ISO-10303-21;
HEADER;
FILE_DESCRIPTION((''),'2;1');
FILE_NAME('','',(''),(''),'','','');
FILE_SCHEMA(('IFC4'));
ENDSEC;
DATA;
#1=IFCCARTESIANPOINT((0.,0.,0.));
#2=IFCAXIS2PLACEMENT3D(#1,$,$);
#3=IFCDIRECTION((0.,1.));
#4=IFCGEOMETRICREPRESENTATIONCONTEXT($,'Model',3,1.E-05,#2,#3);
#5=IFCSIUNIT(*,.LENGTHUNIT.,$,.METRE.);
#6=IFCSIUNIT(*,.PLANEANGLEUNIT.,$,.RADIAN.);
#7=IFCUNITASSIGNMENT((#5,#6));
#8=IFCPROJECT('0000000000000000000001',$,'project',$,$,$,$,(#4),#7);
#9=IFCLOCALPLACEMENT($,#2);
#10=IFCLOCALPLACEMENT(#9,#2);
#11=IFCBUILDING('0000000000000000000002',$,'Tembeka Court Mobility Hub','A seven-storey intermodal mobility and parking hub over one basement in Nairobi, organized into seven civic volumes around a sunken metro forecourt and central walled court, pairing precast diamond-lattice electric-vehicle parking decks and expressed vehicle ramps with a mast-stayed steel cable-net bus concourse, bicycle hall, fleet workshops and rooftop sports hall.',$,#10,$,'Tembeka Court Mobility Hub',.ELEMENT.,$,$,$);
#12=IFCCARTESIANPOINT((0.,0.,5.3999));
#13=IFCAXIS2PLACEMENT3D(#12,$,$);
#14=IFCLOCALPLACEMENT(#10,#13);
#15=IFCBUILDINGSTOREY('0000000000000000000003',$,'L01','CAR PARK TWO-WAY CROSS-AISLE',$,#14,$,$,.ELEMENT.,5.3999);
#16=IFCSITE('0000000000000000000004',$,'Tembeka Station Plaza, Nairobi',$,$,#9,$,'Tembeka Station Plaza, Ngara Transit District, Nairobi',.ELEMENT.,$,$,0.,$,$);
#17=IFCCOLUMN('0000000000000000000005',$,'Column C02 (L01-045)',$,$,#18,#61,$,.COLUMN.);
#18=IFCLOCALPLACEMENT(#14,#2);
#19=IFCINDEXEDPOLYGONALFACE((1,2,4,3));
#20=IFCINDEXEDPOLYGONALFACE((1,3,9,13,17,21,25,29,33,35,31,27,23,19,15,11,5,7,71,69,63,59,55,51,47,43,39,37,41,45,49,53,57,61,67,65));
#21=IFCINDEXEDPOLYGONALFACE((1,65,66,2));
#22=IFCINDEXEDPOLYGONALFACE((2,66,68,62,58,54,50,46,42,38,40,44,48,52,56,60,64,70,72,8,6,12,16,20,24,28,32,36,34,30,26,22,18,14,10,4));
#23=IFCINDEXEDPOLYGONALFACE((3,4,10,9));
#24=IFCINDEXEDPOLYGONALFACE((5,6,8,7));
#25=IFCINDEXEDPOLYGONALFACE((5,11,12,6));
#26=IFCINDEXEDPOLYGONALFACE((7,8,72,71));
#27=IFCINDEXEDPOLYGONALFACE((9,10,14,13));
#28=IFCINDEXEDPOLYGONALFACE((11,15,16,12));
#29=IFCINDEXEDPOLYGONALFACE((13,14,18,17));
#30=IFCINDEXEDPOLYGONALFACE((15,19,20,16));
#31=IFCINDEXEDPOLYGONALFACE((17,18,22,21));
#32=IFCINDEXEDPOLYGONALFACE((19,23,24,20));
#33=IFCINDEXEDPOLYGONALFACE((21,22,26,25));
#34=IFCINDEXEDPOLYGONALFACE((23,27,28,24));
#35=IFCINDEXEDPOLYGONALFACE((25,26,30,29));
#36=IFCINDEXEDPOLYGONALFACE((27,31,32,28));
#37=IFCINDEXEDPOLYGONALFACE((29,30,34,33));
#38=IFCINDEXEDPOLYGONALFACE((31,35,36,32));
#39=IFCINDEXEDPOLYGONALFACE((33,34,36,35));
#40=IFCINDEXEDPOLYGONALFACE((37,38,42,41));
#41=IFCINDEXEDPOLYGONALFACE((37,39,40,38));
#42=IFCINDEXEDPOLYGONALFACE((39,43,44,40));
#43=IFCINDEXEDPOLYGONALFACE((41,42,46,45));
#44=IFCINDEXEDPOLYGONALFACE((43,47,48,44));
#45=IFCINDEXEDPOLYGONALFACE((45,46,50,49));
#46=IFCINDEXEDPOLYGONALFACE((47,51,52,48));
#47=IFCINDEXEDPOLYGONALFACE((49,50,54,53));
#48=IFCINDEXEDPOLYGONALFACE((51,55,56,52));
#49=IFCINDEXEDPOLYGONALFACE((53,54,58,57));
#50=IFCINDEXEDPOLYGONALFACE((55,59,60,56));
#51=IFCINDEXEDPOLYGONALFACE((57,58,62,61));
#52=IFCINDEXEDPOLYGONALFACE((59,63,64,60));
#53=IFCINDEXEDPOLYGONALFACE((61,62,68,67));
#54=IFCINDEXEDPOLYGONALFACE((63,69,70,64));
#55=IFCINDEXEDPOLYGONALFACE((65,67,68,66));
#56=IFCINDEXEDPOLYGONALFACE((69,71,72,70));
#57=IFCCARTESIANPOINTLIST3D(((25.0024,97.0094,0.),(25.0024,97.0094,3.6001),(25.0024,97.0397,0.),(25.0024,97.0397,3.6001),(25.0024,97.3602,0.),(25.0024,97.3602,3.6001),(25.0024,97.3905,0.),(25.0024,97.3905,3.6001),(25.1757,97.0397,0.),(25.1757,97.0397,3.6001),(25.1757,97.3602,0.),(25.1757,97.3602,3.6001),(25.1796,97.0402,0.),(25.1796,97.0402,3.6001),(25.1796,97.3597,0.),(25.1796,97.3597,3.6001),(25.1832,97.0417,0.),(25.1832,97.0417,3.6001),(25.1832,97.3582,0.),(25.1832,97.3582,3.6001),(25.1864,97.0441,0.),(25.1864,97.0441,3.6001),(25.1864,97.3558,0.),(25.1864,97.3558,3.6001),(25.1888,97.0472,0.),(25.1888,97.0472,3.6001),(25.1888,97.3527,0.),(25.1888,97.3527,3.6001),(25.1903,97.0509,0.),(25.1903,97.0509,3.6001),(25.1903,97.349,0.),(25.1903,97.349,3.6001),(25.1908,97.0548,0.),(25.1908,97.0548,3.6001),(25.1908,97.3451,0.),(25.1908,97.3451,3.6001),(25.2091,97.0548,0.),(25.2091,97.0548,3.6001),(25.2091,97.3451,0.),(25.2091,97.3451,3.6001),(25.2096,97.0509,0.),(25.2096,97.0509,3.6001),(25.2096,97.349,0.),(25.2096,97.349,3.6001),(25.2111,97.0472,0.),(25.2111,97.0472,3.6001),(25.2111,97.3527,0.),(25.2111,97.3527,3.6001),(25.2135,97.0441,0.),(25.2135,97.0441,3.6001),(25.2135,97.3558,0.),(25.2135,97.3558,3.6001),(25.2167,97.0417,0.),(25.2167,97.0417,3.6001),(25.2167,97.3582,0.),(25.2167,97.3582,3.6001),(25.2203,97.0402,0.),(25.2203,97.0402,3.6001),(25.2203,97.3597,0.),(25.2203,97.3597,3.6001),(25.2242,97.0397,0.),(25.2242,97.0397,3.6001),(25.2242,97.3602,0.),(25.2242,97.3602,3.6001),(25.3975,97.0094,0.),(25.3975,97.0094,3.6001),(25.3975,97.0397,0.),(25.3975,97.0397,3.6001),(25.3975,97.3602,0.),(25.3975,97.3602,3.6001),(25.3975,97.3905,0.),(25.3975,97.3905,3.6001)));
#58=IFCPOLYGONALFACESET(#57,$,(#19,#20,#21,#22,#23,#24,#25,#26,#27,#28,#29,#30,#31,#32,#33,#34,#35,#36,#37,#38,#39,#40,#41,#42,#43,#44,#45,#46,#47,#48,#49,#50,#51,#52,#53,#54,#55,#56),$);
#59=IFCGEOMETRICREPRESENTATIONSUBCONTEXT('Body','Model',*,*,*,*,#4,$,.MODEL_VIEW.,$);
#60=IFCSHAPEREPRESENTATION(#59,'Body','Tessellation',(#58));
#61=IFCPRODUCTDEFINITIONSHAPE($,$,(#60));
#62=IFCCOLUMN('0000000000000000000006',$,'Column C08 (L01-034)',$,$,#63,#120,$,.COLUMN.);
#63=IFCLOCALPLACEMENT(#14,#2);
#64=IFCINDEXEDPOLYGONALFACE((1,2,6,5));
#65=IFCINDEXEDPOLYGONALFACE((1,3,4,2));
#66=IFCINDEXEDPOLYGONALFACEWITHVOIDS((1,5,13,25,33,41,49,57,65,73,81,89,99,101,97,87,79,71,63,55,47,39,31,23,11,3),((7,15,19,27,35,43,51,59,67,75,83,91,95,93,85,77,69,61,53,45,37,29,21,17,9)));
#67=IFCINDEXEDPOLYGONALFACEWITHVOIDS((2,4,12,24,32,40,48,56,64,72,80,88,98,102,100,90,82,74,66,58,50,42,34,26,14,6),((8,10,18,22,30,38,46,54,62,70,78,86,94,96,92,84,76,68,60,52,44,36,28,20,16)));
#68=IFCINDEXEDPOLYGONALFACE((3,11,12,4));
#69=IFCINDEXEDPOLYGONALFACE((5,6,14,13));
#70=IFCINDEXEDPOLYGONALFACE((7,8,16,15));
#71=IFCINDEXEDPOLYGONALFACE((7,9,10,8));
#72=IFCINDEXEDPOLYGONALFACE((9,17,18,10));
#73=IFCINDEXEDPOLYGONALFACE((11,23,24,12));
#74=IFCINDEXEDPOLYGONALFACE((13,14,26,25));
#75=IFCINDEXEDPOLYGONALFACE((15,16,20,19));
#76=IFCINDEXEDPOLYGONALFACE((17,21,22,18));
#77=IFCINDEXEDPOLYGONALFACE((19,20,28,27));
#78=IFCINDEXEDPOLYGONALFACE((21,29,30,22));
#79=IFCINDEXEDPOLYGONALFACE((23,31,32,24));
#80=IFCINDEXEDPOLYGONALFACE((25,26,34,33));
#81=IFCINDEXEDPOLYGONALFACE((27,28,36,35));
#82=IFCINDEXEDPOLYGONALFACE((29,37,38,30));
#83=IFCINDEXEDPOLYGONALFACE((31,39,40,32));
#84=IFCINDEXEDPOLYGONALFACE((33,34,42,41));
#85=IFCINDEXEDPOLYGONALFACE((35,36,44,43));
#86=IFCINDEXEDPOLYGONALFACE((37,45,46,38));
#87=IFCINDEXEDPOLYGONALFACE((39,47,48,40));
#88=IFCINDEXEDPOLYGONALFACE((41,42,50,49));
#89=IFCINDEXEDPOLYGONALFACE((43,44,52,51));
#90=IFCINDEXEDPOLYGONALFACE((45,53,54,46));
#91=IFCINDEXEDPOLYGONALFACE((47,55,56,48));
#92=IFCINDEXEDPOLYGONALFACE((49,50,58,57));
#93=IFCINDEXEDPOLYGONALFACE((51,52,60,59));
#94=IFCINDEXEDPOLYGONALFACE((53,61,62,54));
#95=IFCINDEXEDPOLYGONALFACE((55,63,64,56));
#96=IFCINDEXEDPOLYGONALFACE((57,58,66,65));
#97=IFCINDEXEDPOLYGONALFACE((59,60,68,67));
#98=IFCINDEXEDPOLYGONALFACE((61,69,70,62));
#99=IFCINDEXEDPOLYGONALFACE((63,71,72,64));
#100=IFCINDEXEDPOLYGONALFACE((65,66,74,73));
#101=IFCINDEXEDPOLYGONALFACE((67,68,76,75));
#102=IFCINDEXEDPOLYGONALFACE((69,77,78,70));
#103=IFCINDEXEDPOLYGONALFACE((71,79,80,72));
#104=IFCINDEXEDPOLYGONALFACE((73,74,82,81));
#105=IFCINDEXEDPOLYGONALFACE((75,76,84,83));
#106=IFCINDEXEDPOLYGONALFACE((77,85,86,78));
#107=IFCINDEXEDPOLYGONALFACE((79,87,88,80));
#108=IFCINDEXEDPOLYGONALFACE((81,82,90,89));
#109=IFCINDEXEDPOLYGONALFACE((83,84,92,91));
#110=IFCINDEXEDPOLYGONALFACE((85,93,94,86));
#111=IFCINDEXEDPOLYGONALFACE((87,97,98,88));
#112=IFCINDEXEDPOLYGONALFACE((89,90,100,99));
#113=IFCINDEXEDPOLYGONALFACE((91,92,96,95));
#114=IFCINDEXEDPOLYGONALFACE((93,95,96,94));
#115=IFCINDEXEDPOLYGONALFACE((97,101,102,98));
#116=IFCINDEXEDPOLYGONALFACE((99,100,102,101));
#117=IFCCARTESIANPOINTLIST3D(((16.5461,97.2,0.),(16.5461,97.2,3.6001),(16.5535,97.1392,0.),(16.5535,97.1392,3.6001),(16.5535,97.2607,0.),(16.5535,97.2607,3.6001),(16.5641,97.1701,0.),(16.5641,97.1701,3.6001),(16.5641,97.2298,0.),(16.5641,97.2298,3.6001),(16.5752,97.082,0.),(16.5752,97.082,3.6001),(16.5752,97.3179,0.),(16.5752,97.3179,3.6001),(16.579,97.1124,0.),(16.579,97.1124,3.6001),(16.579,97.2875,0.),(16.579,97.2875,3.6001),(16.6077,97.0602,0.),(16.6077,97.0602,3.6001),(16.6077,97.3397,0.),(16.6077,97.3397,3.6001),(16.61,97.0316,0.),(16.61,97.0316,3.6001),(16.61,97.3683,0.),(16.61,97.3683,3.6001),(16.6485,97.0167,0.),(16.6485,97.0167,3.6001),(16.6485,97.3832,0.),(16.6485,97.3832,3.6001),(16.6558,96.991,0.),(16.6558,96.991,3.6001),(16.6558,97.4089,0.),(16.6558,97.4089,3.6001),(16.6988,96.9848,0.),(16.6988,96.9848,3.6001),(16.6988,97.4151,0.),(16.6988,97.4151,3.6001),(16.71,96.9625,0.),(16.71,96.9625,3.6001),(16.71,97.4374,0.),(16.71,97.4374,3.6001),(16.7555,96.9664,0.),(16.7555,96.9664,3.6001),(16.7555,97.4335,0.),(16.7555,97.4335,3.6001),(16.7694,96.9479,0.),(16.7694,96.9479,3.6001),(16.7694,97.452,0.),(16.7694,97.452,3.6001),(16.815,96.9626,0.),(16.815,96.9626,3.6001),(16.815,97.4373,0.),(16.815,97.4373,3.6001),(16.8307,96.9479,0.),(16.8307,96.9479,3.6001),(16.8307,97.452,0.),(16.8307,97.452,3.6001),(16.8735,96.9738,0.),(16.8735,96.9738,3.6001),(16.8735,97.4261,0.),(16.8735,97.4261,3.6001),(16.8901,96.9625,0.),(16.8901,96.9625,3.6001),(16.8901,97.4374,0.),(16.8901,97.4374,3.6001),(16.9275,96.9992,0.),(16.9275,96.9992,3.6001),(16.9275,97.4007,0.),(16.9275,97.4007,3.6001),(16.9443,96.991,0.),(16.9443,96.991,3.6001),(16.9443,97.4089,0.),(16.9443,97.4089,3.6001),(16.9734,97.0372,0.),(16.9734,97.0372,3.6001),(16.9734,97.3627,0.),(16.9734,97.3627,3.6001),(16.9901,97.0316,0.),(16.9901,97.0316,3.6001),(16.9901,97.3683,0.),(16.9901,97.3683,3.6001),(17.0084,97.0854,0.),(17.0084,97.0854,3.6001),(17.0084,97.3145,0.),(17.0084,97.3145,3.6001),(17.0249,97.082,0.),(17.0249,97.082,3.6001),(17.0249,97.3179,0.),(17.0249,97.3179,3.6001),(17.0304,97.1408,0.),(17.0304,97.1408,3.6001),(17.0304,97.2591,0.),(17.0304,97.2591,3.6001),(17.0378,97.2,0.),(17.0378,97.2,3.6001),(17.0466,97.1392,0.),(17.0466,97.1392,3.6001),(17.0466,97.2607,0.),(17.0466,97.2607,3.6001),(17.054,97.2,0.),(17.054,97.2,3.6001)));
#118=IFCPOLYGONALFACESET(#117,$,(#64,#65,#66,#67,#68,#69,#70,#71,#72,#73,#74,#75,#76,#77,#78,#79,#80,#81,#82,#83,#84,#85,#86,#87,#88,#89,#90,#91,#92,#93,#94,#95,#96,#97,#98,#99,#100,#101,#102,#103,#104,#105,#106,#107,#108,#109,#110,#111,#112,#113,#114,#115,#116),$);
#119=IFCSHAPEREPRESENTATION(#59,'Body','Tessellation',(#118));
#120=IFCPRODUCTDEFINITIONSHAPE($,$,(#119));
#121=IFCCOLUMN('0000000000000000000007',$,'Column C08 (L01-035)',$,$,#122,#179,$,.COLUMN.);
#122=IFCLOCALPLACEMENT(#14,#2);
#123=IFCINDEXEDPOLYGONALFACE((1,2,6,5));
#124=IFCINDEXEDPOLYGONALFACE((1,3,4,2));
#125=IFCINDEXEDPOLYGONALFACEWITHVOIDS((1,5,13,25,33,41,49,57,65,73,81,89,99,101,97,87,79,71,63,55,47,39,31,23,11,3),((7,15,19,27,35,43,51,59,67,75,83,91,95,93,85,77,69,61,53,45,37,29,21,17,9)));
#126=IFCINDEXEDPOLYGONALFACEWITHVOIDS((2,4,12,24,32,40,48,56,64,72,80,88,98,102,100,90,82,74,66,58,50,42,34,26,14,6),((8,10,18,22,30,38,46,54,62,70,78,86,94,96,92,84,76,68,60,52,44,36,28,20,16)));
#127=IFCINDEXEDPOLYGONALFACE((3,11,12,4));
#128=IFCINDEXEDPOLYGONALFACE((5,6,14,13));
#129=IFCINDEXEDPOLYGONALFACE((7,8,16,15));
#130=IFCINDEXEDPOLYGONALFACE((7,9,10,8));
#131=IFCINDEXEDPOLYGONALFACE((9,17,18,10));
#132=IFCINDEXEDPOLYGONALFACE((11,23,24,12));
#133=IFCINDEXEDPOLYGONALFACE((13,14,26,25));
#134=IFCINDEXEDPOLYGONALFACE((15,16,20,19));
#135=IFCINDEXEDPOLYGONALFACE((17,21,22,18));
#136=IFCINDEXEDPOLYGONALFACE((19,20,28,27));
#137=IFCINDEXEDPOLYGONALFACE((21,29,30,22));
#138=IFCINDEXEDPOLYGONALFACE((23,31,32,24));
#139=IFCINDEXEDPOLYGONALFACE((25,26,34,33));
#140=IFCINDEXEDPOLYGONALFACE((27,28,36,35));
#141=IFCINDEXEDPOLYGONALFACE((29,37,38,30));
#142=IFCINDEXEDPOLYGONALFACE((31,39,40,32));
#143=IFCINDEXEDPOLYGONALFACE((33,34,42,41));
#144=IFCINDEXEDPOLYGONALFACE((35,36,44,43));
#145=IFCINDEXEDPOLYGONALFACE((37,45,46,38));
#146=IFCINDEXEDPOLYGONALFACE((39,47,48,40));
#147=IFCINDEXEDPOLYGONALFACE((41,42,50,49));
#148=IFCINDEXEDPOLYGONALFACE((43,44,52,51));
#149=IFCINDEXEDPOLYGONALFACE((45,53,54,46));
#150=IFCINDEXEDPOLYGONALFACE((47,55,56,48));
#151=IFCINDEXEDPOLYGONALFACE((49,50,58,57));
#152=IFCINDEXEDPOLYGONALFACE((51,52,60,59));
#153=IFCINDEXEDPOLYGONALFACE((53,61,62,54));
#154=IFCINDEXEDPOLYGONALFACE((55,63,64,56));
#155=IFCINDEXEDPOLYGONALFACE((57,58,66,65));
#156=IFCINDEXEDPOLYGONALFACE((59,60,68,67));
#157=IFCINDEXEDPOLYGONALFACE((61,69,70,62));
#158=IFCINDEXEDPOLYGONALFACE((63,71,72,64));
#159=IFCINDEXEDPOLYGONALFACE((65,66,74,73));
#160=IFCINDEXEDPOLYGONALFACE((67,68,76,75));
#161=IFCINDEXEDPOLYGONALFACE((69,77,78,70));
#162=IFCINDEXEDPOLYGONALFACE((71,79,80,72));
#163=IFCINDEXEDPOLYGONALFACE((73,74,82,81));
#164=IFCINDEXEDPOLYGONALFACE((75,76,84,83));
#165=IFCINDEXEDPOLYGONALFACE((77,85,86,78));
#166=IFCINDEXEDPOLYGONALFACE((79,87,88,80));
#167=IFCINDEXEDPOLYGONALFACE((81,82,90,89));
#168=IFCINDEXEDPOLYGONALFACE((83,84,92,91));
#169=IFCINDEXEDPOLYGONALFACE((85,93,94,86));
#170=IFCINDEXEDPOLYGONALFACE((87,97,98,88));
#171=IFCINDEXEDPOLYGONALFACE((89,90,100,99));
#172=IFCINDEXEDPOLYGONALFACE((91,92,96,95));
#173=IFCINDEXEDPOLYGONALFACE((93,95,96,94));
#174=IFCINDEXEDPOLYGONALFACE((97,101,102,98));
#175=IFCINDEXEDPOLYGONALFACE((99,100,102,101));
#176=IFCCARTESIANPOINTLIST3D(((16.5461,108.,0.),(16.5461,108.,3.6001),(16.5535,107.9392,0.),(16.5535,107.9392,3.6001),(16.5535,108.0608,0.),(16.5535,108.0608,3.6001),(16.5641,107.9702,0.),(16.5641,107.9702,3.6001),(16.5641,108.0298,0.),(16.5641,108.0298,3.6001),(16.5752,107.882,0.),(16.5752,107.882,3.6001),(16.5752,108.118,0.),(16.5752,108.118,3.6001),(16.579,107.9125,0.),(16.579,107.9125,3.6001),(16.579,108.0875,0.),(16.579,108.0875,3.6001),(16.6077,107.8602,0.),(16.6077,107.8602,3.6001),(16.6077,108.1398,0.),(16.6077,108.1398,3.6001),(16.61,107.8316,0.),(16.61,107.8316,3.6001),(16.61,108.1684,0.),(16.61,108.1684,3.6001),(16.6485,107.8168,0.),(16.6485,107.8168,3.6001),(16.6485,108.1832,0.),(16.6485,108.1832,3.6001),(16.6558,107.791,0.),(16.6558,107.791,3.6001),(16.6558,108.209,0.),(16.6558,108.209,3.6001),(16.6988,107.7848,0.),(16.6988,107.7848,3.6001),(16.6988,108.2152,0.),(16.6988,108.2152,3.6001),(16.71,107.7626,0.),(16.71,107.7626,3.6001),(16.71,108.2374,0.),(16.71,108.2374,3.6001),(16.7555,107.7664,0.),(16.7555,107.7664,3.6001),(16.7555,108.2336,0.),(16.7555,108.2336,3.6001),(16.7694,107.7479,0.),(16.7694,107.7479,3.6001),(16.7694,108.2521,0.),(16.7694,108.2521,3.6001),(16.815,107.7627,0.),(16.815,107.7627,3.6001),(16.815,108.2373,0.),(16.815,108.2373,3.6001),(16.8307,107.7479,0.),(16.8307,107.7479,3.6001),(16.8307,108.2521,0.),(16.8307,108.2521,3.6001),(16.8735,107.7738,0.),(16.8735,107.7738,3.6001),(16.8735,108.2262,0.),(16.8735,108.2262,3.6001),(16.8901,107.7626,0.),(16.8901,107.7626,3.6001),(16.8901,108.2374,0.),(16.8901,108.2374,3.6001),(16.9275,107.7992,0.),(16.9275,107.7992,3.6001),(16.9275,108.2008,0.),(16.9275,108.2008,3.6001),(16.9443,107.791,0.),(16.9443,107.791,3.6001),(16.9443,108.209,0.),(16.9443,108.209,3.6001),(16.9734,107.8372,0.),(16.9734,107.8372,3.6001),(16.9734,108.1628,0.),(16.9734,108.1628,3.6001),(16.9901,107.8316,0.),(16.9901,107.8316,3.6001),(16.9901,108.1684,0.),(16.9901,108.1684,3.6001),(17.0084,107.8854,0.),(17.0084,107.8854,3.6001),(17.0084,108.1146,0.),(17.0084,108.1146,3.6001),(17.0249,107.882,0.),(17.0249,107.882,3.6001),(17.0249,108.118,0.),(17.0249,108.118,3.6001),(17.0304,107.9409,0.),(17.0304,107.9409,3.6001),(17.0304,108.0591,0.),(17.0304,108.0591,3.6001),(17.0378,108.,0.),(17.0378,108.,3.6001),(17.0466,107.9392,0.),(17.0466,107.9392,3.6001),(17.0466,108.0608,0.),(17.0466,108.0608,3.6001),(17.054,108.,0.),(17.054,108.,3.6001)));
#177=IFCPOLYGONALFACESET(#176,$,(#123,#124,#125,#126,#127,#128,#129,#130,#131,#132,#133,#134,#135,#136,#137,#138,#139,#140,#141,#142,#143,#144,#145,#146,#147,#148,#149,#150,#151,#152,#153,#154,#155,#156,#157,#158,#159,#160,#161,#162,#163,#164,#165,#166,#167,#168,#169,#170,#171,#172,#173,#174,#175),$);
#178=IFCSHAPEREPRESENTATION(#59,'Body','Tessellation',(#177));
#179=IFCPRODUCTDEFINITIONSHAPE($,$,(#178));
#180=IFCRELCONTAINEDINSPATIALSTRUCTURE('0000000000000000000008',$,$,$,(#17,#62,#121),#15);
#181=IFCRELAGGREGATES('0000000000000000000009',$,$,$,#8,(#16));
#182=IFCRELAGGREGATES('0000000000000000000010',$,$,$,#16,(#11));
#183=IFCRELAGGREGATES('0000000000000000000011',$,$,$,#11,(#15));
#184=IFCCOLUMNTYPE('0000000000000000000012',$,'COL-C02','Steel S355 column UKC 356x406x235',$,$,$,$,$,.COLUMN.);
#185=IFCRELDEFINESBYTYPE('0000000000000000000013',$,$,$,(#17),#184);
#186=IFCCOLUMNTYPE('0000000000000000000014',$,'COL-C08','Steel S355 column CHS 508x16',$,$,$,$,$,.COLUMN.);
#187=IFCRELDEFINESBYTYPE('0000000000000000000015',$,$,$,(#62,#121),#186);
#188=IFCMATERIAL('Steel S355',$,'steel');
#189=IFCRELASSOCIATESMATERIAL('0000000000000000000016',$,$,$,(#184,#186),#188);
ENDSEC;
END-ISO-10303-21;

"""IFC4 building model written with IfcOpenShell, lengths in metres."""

from ifc_helpers import new_model, si_unit, direction, frame, origin, origin_2d, place, context, subcontext, project, spatial, hollow_circle, i_section, extrude, material, material_profile, profile_set, type_object, element, save


model = new_model("IFC4")

# Units and contexts
model_context = context("Model", 3, precision=1e-05, world=origin(), true_north=direction((0.0, 1.0)))
body_context = subcontext(model_context, "Body", "Model", "MODEL_VIEW")
ifc_project = project(units=[si_unit("LENGTHUNIT", "METRE"), si_unit("PLANEANGLEUNIT", "RADIAN")], contexts=[model_context])

# Site, building, storey
site_placement = place(None, origin())
site = spatial("IfcSite", under=ifc_project, at=site_placement, Name="Tembeka Station Plaza, Nairobi", LongName="Tembeka Station Plaza, Ngara Transit District, Nairobi", CompositionType="ELEMENT", RefElevation=0.0)
building_placement = place(site_placement, origin())
building = spatial("IfcBuilding", under=site, at=building_placement, Name="Tembeka Court Mobility Hub", Description="A seven-storey intermodal mobility and parking hub over one basement in Nairobi, organized into seven civic volumes around a sunken metro forecourt and central walled court, pairing precast diamond-lattice electric-vehicle parking decks and expressed vehicle ramps with a mast-stayed steel cable-net bus concourse, bicycle hall, fleet workshops and rooftop sports hall.", LongName="Tembeka Court Mobility Hub", CompositionType="ELEMENT")
storey_placement = place(building_placement, frame((0.0, 0.0, 5.3999)))
storey = spatial("IfcBuildingStorey", under=building, at=storey_placement, Name="L01", Description="CAR PARK TWO-WAY CROSS-AISLE", CompositionType="ELEMENT", Elevation=5.3999)

# Columns
ifc_material_1 = material(Name="Steel S355", Category="steel")
ifc_material_profile_1 = material_profile(ifc_material_1, i_section(OverallWidth=0.395, OverallDepth=0.3811, WebThickness=0.0183, FlangeThickness=0.0303, FilletRadius=0.0151, at=origin_2d()), Name="UKC 356x406x235")
ifc_profile_set_1 = profile_set([ifc_material_profile_1], Name="Steel S355")
column_type_1 = type_object("IfcColumnType", Name="COL-C02", Description="Steel S355 column UKC 356x406x235", PredefinedType="COLUMN", material=ifc_profile_set_1)
column_placement = place(storey_placement, frame((25.2, 97.2, 0.0), z_axis=(0.0, 0.0, 1.0), x_axis=(1.0, 0.0, 0.0)))
element("IfcColumn", 1, at=column_placement, inside=storey, type_object=column_type_1, Name="Column C02 (L01-045)", PredefinedType="COLUMN", context=body_context, shape_type="SweptSolid", body=[
    extrude(i_section(OverallWidth=0.395, OverallDepth=0.3811, WebThickness=0.0183, FlangeThickness=0.0303, FilletRadius=0.0151, at=origin_2d()), origin(), (0.0, 0.0, 1.0), 3.6001),
])
ifc_material_profile_2 = material_profile(ifc_material_1, hollow_circle(Radius=0.2539, WallThickness=0.0161, at=origin_2d()), Name="CHS 508x16")
ifc_profile_set_2 = profile_set([ifc_material_profile_2], Name="Steel S355")
column_type_2 = type_object("IfcColumnType", Name="COL-C08", Description="Steel S355 column CHS 508x16", PredefinedType="COLUMN", material=ifc_profile_set_2)
for number, where, z_axis, x_axis, name in (
    (2, (16.8, 97.2, 0.0), (0.0, 0.0, 1.0), (1.0, 0.0, 0.0), "Column C08 (L01-034)"),
    (3, (16.8, 108.0, 0.0), (0.0, 0.0, 1.0), (1.0, 0.0, 0.0), "Column C08 (L01-035)"),
):
    element("IfcColumn", number, at=place(storey_placement, frame(where, z_axis=z_axis, x_axis=x_axis)), inside=storey, type_object=column_type_2, Name=name, PredefinedType="COLUMN", context=body_context, shape_type="SweptSolid", body=[
        extrude(hollow_circle(Radius=0.2539, WallThickness=0.0161, at=origin_2d()), origin(), (0.0, 0.0, 1.0), 3.6001),
    ])

save(model, "model.ifc")
